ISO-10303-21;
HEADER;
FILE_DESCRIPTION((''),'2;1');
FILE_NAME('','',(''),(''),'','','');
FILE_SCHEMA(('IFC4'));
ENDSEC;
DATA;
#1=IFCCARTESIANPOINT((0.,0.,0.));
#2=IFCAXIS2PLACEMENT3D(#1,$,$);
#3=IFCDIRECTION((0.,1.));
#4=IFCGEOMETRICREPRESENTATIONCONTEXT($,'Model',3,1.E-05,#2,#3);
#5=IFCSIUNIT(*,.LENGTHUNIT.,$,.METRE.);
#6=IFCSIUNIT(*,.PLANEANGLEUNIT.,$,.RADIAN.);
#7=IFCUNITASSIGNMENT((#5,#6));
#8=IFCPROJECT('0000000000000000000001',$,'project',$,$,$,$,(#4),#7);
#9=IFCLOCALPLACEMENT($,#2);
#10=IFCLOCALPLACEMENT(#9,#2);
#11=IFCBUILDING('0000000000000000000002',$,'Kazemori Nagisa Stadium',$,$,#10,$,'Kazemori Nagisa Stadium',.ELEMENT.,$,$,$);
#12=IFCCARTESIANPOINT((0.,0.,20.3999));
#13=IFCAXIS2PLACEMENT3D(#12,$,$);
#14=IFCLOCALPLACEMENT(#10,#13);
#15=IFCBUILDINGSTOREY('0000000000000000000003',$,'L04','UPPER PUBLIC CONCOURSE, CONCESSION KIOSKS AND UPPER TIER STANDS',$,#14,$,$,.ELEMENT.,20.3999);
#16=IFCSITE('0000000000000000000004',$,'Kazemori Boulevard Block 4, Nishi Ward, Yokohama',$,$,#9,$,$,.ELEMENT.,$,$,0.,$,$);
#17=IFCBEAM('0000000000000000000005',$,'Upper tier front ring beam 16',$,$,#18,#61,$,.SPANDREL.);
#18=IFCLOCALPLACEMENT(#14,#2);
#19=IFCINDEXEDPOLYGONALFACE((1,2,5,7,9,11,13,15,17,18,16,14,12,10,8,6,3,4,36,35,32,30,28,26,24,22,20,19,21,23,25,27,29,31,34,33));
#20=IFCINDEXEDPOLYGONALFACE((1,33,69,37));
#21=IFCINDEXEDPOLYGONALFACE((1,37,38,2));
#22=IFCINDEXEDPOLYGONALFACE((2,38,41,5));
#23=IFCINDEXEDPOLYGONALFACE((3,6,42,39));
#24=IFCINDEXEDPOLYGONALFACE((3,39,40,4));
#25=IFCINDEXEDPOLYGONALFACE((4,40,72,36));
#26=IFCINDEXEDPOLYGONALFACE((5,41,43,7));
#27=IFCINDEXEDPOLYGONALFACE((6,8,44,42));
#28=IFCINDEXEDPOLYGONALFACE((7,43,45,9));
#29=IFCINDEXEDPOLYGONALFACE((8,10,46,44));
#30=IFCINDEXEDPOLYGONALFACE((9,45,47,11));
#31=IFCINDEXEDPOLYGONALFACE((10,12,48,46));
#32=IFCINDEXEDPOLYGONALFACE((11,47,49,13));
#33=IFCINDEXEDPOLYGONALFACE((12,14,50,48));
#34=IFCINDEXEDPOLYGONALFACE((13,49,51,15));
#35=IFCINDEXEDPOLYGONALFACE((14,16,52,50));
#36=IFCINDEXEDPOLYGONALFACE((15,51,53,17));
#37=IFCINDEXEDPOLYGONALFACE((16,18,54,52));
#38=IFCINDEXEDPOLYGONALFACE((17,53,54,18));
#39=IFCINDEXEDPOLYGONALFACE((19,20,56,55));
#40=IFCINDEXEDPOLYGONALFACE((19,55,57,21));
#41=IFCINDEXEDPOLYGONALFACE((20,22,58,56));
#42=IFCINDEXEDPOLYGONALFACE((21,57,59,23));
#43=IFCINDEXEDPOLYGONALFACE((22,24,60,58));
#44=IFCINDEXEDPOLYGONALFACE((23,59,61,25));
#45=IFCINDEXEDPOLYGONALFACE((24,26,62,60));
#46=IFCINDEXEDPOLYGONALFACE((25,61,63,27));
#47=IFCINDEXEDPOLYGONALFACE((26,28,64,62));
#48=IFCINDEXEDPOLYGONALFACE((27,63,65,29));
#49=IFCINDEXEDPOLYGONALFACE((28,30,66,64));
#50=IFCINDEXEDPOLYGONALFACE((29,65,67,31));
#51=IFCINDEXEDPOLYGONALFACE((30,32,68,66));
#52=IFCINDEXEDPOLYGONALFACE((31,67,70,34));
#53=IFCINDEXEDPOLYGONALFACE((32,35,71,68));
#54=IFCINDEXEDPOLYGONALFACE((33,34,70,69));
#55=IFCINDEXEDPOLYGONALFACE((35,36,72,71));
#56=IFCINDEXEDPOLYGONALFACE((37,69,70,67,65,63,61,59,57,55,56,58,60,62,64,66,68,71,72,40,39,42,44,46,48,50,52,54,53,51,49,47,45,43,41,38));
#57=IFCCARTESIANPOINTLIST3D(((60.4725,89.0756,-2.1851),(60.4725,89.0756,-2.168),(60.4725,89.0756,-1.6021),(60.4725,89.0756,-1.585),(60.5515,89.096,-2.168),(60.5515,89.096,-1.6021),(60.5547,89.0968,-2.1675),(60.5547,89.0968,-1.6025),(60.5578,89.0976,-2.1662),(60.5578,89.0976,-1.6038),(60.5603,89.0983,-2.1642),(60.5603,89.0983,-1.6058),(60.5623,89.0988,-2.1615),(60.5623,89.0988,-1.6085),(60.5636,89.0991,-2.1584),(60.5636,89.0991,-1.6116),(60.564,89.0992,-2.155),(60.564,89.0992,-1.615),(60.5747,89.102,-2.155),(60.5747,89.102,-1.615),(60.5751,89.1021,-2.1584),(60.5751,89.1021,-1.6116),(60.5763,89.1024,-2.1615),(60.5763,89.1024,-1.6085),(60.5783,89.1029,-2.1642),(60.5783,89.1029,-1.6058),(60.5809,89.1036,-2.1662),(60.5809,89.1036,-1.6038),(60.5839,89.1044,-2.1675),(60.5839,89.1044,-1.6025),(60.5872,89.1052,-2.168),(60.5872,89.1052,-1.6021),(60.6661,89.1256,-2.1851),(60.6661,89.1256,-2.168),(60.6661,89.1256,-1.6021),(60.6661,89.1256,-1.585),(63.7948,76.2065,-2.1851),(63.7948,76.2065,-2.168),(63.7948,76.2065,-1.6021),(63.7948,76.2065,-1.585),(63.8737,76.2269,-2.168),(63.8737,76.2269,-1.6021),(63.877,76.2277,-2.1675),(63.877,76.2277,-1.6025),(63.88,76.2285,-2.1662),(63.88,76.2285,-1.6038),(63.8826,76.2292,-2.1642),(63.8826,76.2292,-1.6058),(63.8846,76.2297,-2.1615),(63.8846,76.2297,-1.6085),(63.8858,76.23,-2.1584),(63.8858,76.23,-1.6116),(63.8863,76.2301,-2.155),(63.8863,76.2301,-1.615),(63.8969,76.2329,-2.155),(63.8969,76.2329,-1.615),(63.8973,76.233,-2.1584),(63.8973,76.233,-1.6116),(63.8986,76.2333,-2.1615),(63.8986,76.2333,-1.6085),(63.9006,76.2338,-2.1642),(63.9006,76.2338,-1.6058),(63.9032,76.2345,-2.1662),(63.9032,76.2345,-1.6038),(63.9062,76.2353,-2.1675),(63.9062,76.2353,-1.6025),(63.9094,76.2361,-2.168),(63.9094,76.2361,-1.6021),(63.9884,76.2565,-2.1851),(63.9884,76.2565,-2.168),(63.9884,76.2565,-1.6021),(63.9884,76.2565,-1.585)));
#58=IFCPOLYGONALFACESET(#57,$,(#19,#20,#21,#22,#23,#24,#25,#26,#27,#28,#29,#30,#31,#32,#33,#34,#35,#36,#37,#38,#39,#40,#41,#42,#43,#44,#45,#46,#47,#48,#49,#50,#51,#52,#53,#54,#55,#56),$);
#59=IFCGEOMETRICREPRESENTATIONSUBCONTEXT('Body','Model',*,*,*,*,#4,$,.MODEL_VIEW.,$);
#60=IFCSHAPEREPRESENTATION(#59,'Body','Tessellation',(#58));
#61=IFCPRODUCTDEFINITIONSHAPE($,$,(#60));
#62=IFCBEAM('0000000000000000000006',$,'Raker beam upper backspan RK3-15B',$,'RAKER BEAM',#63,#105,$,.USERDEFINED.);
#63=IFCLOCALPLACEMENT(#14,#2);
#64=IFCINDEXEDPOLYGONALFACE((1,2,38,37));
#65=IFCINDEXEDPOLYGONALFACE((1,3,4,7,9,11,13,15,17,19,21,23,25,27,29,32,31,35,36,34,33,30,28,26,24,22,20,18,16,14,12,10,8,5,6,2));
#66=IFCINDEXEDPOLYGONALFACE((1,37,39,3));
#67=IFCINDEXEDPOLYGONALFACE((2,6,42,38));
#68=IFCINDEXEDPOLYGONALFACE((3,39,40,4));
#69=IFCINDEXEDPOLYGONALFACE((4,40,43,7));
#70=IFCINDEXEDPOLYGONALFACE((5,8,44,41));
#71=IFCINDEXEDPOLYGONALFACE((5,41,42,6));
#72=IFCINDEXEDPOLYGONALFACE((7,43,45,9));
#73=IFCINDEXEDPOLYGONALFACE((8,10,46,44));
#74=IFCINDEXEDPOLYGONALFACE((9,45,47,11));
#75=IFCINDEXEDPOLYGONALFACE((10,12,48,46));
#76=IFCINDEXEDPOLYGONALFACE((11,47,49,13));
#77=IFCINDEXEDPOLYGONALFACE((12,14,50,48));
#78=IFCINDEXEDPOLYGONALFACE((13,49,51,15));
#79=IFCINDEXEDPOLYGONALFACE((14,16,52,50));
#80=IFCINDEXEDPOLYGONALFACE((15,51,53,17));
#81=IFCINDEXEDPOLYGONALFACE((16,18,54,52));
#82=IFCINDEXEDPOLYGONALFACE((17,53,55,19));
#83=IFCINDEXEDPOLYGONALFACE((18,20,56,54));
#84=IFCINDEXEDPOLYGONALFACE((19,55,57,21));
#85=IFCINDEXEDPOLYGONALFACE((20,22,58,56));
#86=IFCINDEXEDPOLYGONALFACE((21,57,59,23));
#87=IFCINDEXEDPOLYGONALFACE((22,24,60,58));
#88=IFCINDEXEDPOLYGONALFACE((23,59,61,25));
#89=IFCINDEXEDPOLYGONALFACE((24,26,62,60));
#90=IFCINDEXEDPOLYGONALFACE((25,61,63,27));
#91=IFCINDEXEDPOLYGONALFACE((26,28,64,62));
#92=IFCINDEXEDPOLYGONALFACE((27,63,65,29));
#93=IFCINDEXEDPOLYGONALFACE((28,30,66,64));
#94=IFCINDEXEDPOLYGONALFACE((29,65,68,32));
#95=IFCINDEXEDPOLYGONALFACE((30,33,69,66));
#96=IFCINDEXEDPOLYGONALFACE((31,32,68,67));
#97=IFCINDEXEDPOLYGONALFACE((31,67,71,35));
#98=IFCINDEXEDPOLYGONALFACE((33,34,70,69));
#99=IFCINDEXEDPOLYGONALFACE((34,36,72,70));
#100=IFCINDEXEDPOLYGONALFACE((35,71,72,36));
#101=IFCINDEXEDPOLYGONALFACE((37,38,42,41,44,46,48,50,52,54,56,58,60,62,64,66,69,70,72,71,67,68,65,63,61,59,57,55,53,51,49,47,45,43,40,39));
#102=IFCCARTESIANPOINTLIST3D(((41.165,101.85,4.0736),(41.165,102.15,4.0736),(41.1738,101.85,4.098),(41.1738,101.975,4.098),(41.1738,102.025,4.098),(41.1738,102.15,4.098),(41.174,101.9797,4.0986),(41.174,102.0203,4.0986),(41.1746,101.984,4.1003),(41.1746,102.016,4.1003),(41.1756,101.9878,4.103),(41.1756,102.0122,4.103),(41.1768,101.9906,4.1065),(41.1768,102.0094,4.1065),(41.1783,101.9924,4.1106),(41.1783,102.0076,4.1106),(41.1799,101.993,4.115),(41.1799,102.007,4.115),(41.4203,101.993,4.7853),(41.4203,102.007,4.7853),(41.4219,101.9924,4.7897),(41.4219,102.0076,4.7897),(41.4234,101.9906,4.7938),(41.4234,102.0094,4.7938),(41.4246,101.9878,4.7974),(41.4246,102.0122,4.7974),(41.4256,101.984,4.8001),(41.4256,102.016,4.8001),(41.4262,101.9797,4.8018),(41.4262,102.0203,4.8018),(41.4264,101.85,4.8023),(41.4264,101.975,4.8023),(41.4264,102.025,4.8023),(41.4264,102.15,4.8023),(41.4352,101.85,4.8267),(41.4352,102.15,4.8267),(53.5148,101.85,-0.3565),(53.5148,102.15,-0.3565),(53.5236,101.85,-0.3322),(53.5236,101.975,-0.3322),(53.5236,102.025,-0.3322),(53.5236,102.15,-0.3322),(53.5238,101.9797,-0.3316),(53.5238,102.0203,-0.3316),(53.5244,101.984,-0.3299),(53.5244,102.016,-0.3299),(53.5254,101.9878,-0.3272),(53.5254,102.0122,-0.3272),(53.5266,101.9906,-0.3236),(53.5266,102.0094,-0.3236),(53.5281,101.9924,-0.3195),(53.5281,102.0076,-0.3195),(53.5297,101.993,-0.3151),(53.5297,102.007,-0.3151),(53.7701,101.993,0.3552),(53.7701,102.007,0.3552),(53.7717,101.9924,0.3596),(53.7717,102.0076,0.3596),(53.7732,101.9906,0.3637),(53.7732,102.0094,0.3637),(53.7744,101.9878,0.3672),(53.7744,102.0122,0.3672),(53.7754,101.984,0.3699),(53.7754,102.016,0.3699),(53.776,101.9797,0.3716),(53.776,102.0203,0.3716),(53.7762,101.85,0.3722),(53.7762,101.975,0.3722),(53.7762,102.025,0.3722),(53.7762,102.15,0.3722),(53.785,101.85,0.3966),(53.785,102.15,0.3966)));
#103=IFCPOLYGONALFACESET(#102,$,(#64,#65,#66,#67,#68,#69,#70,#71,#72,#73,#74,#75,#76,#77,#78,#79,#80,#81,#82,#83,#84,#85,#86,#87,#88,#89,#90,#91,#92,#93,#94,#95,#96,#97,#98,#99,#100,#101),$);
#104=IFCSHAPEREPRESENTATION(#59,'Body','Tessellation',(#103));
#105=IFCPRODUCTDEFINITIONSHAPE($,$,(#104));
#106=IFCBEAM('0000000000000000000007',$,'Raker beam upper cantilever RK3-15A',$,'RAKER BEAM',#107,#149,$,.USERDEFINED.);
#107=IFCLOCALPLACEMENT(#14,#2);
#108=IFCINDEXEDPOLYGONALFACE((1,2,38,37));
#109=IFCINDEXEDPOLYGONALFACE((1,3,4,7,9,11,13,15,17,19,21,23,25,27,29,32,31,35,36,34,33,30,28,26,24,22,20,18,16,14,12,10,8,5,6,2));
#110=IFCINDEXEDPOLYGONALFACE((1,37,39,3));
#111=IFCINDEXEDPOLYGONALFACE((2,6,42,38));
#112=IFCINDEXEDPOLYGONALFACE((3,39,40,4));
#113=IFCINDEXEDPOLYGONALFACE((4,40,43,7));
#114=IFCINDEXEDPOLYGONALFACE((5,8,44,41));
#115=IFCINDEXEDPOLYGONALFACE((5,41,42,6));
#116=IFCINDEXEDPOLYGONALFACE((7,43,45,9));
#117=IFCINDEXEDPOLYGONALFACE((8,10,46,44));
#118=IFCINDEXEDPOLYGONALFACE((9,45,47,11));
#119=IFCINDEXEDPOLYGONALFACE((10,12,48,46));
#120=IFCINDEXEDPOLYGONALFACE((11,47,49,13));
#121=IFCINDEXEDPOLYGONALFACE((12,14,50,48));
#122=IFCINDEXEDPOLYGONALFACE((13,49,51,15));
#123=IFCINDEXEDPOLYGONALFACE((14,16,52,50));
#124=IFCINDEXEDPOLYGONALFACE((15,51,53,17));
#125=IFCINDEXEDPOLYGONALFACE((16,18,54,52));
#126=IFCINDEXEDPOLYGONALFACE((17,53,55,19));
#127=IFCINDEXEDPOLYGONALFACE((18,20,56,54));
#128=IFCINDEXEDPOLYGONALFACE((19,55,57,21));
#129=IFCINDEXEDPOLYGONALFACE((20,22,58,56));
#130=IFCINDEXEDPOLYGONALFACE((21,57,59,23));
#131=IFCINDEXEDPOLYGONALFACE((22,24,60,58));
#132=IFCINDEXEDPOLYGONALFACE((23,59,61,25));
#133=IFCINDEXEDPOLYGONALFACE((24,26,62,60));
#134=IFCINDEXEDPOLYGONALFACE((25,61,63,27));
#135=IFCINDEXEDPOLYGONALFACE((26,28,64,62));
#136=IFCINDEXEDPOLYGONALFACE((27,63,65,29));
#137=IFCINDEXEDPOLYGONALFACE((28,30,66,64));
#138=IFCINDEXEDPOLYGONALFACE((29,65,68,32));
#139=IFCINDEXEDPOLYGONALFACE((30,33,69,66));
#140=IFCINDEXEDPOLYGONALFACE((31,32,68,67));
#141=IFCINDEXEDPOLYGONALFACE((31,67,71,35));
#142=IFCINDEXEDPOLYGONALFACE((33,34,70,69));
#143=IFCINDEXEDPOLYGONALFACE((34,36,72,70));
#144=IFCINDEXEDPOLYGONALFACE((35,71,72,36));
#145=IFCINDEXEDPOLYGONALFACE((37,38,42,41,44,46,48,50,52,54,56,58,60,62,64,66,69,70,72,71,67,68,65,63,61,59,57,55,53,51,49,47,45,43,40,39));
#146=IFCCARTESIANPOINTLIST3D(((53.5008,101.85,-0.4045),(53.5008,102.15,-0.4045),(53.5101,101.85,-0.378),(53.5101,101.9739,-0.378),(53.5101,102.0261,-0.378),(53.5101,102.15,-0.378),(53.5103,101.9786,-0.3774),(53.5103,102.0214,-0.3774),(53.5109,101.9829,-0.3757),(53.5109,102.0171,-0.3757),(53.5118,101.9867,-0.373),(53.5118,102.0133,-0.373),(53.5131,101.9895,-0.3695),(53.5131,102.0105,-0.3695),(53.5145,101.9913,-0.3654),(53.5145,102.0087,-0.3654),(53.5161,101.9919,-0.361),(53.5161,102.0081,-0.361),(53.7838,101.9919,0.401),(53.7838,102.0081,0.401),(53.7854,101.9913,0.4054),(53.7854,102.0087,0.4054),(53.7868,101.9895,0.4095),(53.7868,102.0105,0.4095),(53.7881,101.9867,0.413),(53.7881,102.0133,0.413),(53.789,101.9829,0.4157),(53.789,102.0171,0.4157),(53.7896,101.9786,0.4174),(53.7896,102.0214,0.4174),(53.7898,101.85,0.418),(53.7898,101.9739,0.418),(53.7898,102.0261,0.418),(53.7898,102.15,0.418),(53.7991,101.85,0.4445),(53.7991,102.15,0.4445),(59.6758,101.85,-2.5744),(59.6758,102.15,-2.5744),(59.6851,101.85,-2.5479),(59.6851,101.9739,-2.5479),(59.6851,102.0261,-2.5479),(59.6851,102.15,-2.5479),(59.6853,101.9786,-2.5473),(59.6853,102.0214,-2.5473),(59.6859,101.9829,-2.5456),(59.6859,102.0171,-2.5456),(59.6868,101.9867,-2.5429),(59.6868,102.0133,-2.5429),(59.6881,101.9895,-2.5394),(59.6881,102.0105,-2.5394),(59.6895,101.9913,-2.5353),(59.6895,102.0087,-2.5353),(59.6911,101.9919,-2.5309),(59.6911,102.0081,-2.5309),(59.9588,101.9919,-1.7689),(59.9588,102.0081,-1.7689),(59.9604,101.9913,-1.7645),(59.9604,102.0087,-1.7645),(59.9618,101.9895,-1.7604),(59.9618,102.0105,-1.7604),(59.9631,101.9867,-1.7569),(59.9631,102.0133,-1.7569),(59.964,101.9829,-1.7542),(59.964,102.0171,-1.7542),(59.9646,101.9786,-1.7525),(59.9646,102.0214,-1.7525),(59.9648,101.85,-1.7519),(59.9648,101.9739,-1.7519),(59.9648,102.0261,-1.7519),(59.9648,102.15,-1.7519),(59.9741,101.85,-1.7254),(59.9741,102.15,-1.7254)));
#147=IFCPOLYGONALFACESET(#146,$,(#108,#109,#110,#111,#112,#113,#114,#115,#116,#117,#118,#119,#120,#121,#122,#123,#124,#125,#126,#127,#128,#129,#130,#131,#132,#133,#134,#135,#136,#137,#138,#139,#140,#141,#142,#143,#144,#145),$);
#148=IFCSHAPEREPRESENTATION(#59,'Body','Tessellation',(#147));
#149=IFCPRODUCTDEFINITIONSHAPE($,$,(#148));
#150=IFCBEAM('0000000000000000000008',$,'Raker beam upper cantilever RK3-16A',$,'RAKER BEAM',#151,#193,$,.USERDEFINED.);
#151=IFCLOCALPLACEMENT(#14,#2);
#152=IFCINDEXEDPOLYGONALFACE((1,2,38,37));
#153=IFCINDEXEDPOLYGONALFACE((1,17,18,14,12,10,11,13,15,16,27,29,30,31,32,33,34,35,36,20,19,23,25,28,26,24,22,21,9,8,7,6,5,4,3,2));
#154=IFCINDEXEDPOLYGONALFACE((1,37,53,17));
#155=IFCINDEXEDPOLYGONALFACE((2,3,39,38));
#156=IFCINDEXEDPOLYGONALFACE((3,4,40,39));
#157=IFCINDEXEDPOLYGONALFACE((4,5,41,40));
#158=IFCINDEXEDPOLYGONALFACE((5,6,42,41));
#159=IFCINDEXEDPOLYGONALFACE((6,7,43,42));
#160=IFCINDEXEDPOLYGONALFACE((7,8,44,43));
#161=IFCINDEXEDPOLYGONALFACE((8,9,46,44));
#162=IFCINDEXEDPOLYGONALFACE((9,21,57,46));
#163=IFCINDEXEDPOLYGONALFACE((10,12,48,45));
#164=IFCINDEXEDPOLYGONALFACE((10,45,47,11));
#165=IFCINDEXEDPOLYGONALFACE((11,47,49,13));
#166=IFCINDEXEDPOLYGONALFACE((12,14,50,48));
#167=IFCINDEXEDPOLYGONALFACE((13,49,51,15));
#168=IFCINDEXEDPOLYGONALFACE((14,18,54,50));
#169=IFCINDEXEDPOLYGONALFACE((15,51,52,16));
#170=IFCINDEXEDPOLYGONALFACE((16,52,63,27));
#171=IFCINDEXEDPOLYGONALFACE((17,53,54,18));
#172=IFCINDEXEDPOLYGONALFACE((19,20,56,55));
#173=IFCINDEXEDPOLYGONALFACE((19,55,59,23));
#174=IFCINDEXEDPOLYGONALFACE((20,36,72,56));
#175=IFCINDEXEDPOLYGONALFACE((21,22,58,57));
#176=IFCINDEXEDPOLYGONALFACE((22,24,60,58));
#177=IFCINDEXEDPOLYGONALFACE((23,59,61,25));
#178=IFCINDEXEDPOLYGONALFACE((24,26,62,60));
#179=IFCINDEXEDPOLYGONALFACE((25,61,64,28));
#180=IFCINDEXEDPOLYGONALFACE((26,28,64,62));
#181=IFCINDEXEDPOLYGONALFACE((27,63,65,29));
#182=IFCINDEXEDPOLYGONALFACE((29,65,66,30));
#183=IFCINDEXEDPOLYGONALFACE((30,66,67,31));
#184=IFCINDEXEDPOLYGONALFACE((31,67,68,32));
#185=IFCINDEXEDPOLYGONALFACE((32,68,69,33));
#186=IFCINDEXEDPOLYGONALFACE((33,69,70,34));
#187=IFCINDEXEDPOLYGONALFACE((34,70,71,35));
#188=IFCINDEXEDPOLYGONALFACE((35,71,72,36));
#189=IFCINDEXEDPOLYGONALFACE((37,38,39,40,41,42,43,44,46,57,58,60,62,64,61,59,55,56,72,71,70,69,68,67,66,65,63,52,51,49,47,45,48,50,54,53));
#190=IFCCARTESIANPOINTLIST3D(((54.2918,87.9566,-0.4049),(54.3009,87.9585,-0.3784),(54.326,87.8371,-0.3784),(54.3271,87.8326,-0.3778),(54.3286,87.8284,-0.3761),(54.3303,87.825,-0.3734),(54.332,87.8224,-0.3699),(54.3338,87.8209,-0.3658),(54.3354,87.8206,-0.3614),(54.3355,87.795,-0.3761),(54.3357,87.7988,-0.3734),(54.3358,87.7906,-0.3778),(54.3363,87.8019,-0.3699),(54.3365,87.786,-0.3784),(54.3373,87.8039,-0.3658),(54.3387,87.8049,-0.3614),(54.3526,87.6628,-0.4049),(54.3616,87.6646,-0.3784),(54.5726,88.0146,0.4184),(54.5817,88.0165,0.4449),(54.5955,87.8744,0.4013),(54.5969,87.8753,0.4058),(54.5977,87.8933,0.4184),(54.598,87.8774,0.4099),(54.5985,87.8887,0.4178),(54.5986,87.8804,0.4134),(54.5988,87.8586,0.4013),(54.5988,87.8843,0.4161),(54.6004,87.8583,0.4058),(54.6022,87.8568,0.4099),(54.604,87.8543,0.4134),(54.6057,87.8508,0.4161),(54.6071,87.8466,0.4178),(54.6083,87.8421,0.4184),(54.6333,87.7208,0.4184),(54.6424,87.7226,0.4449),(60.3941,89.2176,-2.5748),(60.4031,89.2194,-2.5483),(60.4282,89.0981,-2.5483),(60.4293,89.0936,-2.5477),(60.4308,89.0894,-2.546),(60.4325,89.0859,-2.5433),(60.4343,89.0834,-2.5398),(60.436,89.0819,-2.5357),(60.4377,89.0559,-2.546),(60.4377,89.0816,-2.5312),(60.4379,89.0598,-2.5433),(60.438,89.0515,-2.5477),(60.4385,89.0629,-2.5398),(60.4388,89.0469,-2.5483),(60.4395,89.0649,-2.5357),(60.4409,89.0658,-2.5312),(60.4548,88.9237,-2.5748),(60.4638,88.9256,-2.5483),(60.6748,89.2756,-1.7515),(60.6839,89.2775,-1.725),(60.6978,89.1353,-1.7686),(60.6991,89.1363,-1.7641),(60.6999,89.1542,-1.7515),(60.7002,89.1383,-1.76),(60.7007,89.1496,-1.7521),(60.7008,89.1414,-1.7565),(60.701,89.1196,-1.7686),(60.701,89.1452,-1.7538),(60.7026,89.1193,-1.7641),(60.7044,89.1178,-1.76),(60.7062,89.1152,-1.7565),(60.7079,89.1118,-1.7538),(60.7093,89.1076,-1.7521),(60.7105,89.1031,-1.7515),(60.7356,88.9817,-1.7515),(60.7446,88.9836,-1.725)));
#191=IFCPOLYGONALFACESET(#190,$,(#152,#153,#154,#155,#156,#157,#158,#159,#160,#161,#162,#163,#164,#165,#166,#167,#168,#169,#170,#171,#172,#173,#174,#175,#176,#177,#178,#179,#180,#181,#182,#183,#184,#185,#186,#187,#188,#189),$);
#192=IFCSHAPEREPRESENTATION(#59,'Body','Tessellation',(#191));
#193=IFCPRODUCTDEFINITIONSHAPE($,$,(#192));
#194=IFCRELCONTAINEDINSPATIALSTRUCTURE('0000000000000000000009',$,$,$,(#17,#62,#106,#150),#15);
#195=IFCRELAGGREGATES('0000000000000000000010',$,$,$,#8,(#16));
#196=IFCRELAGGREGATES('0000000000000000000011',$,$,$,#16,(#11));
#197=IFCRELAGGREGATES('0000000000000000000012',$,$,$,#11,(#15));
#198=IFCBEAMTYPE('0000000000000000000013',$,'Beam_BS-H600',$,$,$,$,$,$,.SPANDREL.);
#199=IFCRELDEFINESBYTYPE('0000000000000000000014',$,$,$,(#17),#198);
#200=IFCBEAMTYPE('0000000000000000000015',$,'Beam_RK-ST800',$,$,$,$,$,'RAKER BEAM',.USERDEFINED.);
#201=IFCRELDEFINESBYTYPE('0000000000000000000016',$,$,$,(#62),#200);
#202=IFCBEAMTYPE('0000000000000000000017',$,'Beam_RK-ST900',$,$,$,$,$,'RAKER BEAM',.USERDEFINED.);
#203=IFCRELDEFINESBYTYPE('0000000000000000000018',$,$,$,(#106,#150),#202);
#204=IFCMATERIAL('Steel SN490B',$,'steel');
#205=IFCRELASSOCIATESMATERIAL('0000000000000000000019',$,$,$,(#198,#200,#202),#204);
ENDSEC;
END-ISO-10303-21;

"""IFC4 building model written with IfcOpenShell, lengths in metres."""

from ifc_helpers import new_model, si_unit, direction, frame, origin, origin_2d, place, context, subcontext, project, spatial, i_section, extrude, material, material_profile, profile_set, type_object, element, save


model = new_model("IFC4")

# Units and contexts
model_context = context("Model", 3, precision=1e-05, world=origin(), true_north=direction((0.0, 1.0)))
body_context = subcontext(model_context, "Body", "Model", "MODEL_VIEW")
ifc_project = project(units=[si_unit("LENGTHUNIT", "METRE"), si_unit("PLANEANGLEUNIT", "RADIAN")], contexts=[model_context])

# Site, building, storey
site_placement = place(None, origin())
site = spatial("IfcSite", under=ifc_project, at=site_placement, Name="Kazemori Boulevard Block 4, Nishi Ward, Yokohama", CompositionType="ELEMENT", RefElevation=0.0)
building_placement = place(site_placement, origin())
building = spatial("IfcBuilding", under=site, at=building_placement, Name="Kazemori Nagisa Stadium", LongName="Kazemori Nagisa Stadium", CompositionType="ELEMENT")
storey_placement = place(building_placement, frame((0.0, 0.0, 20.3999)))
storey = spatial("IfcBuildingStorey", under=building, at=storey_placement, Name="L04", Description="UPPER PUBLIC CONCOURSE, CONCESSION KIOSKS AND UPPER TIER STANDS", CompositionType="ELEMENT", Elevation=20.3999)

# Beams
ifc_material_1 = material(Name="Steel SN490B", Category="steel")
ifc_material_profile_1 = material_profile(ifc_material_1, i_section(OverallWidth=0.2, OverallDepth=0.6001, WebThickness=0.011, FlangeThickness=0.0171, FilletRadius=0.0129, at=origin_2d()), Name="H-600x200x11x17")
ifc_profile_set_1 = profile_set([ifc_material_profile_1], Name="Steel SN490B")
beam_type_1 = type_object("IfcBeamType", Name="Beam_BS-H600", PredefinedType="SPANDREL", material=ifc_profile_set_1)
beam_1_placement = place(storey_placement, frame((60.5693, 89.1006, -1.885), z_axis=(0.249962, -0.968256, 0.0), x_axis=(0.968256, 0.249962, 0.0)))
element("IfcBeam", 1, at=beam_1_placement, inside=storey, type_object=beam_type_1, Name="Upper tier front ring beam 16", PredefinedType="SPANDREL", context=body_context, shape_type="SweptSolid", body=[
    extrude(i_section(OverallWidth=0.2, OverallDepth=0.6001, WebThickness=0.011, FlangeThickness=0.0171, FilletRadius=0.0129, at=origin_2d()), origin(), (0.0, 0.0, 1.0), 13.291),
])
ifc_material_profile_2 = material_profile(ifc_material_1, i_section(OverallWidth=0.3, OverallDepth=0.8, WebThickness=0.0139, FlangeThickness=0.0259, FilletRadius=0.0181, at=origin_2d()), Name="H-800x300x14x26")
ifc_profile_set_2 = profile_set([ifc_material_profile_2], Name="Steel SN490B")
beam_type_2 = type_object("IfcBeamType", Name="Beam_RK-ST800", ElementType="RAKER BEAM", PredefinedType="USERDEFINED", material=ifc_profile_set_2)
beam_2_placement = place(storey_placement, frame((53.6499, 102.0, 0.02), z_axis=(-0.94127, 0.0, 0.337655), x_axis=(0.0, -1.0, 0.0)))
element("IfcBeam", 2, at=beam_2_placement, inside=storey, type_object=beam_type_2, Name="Raker beam upper backspan RK3-15B", ObjectType="RAKER BEAM", PredefinedType="USERDEFINED", context=body_context, shape_type="SweptSolid", body=[
    extrude(i_section(OverallWidth=0.3, OverallDepth=0.8, WebThickness=0.0139, FlangeThickness=0.0259, FilletRadius=0.0181, at=origin_2d()), origin(), (0.0, 0.0, 1.0), 13.1204),
])
ifc_material_profile_3 = material_profile(ifc_material_1, i_section(OverallWidth=0.3, OverallDepth=0.8999, WebThickness=0.0161, FlangeThickness=0.0281, FilletRadius=0.0181, at=origin_2d()), Name="H-900x300x16x28")
ifc_profile_set_3 = profile_set([ifc_material_profile_3], Name="Steel SN490B")
beam_type_3 = type_object("IfcBeamType", Name="Beam_RK-ST900", ElementType="RAKER BEAM", PredefinedType="USERDEFINED", material=ifc_profile_set_3)
beam_3_placement = place(storey_placement, frame((59.825, 102.0, -2.1499), z_axis=(-0.943445, 0.0, 0.331528), x_axis=(0.0, -1.0, 0.0)))
element("IfcBeam", 3, at=beam_3_placement, inside=storey, type_object=beam_type_3, Name="Raker beam upper cantilever RK3-15A", ObjectType="RAKER BEAM", PredefinedType="USERDEFINED", context=body_context, shape_type="SweptSolid", body=[
    extrude(i_section(OverallWidth=0.3, OverallDepth=0.8999, WebThickness=0.0161, FlangeThickness=0.0281, FilletRadius=0.0181, at=origin_2d()), origin(), (0.0, 0.0, 1.0), 6.5452),
])
beam_4_placement = place(storey_placement, frame((60.5693, 89.1006, -2.1499), z_axis=(-0.924838, -0.19111, 0.328864), x_axis=(0.202366, -0.97931, 0.0)))
element("IfcBeam", 4, at=beam_4_placement, inside=storey, type_object=beam_type_3, Name="Raker beam upper cantilever RK3-16A", ObjectType="RAKER BEAM", PredefinedType="USERDEFINED", context=body_context, shape_type="SweptSolid", body=[
    extrude(i_section(OverallWidth=0.3, OverallDepth=0.8999, WebThickness=0.0161, FlangeThickness=0.0281, FilletRadius=0.0181, at=origin_2d()), origin(), (0.0, 0.0, 1.0), 6.5981),
])

save(model, "model.ifc")
